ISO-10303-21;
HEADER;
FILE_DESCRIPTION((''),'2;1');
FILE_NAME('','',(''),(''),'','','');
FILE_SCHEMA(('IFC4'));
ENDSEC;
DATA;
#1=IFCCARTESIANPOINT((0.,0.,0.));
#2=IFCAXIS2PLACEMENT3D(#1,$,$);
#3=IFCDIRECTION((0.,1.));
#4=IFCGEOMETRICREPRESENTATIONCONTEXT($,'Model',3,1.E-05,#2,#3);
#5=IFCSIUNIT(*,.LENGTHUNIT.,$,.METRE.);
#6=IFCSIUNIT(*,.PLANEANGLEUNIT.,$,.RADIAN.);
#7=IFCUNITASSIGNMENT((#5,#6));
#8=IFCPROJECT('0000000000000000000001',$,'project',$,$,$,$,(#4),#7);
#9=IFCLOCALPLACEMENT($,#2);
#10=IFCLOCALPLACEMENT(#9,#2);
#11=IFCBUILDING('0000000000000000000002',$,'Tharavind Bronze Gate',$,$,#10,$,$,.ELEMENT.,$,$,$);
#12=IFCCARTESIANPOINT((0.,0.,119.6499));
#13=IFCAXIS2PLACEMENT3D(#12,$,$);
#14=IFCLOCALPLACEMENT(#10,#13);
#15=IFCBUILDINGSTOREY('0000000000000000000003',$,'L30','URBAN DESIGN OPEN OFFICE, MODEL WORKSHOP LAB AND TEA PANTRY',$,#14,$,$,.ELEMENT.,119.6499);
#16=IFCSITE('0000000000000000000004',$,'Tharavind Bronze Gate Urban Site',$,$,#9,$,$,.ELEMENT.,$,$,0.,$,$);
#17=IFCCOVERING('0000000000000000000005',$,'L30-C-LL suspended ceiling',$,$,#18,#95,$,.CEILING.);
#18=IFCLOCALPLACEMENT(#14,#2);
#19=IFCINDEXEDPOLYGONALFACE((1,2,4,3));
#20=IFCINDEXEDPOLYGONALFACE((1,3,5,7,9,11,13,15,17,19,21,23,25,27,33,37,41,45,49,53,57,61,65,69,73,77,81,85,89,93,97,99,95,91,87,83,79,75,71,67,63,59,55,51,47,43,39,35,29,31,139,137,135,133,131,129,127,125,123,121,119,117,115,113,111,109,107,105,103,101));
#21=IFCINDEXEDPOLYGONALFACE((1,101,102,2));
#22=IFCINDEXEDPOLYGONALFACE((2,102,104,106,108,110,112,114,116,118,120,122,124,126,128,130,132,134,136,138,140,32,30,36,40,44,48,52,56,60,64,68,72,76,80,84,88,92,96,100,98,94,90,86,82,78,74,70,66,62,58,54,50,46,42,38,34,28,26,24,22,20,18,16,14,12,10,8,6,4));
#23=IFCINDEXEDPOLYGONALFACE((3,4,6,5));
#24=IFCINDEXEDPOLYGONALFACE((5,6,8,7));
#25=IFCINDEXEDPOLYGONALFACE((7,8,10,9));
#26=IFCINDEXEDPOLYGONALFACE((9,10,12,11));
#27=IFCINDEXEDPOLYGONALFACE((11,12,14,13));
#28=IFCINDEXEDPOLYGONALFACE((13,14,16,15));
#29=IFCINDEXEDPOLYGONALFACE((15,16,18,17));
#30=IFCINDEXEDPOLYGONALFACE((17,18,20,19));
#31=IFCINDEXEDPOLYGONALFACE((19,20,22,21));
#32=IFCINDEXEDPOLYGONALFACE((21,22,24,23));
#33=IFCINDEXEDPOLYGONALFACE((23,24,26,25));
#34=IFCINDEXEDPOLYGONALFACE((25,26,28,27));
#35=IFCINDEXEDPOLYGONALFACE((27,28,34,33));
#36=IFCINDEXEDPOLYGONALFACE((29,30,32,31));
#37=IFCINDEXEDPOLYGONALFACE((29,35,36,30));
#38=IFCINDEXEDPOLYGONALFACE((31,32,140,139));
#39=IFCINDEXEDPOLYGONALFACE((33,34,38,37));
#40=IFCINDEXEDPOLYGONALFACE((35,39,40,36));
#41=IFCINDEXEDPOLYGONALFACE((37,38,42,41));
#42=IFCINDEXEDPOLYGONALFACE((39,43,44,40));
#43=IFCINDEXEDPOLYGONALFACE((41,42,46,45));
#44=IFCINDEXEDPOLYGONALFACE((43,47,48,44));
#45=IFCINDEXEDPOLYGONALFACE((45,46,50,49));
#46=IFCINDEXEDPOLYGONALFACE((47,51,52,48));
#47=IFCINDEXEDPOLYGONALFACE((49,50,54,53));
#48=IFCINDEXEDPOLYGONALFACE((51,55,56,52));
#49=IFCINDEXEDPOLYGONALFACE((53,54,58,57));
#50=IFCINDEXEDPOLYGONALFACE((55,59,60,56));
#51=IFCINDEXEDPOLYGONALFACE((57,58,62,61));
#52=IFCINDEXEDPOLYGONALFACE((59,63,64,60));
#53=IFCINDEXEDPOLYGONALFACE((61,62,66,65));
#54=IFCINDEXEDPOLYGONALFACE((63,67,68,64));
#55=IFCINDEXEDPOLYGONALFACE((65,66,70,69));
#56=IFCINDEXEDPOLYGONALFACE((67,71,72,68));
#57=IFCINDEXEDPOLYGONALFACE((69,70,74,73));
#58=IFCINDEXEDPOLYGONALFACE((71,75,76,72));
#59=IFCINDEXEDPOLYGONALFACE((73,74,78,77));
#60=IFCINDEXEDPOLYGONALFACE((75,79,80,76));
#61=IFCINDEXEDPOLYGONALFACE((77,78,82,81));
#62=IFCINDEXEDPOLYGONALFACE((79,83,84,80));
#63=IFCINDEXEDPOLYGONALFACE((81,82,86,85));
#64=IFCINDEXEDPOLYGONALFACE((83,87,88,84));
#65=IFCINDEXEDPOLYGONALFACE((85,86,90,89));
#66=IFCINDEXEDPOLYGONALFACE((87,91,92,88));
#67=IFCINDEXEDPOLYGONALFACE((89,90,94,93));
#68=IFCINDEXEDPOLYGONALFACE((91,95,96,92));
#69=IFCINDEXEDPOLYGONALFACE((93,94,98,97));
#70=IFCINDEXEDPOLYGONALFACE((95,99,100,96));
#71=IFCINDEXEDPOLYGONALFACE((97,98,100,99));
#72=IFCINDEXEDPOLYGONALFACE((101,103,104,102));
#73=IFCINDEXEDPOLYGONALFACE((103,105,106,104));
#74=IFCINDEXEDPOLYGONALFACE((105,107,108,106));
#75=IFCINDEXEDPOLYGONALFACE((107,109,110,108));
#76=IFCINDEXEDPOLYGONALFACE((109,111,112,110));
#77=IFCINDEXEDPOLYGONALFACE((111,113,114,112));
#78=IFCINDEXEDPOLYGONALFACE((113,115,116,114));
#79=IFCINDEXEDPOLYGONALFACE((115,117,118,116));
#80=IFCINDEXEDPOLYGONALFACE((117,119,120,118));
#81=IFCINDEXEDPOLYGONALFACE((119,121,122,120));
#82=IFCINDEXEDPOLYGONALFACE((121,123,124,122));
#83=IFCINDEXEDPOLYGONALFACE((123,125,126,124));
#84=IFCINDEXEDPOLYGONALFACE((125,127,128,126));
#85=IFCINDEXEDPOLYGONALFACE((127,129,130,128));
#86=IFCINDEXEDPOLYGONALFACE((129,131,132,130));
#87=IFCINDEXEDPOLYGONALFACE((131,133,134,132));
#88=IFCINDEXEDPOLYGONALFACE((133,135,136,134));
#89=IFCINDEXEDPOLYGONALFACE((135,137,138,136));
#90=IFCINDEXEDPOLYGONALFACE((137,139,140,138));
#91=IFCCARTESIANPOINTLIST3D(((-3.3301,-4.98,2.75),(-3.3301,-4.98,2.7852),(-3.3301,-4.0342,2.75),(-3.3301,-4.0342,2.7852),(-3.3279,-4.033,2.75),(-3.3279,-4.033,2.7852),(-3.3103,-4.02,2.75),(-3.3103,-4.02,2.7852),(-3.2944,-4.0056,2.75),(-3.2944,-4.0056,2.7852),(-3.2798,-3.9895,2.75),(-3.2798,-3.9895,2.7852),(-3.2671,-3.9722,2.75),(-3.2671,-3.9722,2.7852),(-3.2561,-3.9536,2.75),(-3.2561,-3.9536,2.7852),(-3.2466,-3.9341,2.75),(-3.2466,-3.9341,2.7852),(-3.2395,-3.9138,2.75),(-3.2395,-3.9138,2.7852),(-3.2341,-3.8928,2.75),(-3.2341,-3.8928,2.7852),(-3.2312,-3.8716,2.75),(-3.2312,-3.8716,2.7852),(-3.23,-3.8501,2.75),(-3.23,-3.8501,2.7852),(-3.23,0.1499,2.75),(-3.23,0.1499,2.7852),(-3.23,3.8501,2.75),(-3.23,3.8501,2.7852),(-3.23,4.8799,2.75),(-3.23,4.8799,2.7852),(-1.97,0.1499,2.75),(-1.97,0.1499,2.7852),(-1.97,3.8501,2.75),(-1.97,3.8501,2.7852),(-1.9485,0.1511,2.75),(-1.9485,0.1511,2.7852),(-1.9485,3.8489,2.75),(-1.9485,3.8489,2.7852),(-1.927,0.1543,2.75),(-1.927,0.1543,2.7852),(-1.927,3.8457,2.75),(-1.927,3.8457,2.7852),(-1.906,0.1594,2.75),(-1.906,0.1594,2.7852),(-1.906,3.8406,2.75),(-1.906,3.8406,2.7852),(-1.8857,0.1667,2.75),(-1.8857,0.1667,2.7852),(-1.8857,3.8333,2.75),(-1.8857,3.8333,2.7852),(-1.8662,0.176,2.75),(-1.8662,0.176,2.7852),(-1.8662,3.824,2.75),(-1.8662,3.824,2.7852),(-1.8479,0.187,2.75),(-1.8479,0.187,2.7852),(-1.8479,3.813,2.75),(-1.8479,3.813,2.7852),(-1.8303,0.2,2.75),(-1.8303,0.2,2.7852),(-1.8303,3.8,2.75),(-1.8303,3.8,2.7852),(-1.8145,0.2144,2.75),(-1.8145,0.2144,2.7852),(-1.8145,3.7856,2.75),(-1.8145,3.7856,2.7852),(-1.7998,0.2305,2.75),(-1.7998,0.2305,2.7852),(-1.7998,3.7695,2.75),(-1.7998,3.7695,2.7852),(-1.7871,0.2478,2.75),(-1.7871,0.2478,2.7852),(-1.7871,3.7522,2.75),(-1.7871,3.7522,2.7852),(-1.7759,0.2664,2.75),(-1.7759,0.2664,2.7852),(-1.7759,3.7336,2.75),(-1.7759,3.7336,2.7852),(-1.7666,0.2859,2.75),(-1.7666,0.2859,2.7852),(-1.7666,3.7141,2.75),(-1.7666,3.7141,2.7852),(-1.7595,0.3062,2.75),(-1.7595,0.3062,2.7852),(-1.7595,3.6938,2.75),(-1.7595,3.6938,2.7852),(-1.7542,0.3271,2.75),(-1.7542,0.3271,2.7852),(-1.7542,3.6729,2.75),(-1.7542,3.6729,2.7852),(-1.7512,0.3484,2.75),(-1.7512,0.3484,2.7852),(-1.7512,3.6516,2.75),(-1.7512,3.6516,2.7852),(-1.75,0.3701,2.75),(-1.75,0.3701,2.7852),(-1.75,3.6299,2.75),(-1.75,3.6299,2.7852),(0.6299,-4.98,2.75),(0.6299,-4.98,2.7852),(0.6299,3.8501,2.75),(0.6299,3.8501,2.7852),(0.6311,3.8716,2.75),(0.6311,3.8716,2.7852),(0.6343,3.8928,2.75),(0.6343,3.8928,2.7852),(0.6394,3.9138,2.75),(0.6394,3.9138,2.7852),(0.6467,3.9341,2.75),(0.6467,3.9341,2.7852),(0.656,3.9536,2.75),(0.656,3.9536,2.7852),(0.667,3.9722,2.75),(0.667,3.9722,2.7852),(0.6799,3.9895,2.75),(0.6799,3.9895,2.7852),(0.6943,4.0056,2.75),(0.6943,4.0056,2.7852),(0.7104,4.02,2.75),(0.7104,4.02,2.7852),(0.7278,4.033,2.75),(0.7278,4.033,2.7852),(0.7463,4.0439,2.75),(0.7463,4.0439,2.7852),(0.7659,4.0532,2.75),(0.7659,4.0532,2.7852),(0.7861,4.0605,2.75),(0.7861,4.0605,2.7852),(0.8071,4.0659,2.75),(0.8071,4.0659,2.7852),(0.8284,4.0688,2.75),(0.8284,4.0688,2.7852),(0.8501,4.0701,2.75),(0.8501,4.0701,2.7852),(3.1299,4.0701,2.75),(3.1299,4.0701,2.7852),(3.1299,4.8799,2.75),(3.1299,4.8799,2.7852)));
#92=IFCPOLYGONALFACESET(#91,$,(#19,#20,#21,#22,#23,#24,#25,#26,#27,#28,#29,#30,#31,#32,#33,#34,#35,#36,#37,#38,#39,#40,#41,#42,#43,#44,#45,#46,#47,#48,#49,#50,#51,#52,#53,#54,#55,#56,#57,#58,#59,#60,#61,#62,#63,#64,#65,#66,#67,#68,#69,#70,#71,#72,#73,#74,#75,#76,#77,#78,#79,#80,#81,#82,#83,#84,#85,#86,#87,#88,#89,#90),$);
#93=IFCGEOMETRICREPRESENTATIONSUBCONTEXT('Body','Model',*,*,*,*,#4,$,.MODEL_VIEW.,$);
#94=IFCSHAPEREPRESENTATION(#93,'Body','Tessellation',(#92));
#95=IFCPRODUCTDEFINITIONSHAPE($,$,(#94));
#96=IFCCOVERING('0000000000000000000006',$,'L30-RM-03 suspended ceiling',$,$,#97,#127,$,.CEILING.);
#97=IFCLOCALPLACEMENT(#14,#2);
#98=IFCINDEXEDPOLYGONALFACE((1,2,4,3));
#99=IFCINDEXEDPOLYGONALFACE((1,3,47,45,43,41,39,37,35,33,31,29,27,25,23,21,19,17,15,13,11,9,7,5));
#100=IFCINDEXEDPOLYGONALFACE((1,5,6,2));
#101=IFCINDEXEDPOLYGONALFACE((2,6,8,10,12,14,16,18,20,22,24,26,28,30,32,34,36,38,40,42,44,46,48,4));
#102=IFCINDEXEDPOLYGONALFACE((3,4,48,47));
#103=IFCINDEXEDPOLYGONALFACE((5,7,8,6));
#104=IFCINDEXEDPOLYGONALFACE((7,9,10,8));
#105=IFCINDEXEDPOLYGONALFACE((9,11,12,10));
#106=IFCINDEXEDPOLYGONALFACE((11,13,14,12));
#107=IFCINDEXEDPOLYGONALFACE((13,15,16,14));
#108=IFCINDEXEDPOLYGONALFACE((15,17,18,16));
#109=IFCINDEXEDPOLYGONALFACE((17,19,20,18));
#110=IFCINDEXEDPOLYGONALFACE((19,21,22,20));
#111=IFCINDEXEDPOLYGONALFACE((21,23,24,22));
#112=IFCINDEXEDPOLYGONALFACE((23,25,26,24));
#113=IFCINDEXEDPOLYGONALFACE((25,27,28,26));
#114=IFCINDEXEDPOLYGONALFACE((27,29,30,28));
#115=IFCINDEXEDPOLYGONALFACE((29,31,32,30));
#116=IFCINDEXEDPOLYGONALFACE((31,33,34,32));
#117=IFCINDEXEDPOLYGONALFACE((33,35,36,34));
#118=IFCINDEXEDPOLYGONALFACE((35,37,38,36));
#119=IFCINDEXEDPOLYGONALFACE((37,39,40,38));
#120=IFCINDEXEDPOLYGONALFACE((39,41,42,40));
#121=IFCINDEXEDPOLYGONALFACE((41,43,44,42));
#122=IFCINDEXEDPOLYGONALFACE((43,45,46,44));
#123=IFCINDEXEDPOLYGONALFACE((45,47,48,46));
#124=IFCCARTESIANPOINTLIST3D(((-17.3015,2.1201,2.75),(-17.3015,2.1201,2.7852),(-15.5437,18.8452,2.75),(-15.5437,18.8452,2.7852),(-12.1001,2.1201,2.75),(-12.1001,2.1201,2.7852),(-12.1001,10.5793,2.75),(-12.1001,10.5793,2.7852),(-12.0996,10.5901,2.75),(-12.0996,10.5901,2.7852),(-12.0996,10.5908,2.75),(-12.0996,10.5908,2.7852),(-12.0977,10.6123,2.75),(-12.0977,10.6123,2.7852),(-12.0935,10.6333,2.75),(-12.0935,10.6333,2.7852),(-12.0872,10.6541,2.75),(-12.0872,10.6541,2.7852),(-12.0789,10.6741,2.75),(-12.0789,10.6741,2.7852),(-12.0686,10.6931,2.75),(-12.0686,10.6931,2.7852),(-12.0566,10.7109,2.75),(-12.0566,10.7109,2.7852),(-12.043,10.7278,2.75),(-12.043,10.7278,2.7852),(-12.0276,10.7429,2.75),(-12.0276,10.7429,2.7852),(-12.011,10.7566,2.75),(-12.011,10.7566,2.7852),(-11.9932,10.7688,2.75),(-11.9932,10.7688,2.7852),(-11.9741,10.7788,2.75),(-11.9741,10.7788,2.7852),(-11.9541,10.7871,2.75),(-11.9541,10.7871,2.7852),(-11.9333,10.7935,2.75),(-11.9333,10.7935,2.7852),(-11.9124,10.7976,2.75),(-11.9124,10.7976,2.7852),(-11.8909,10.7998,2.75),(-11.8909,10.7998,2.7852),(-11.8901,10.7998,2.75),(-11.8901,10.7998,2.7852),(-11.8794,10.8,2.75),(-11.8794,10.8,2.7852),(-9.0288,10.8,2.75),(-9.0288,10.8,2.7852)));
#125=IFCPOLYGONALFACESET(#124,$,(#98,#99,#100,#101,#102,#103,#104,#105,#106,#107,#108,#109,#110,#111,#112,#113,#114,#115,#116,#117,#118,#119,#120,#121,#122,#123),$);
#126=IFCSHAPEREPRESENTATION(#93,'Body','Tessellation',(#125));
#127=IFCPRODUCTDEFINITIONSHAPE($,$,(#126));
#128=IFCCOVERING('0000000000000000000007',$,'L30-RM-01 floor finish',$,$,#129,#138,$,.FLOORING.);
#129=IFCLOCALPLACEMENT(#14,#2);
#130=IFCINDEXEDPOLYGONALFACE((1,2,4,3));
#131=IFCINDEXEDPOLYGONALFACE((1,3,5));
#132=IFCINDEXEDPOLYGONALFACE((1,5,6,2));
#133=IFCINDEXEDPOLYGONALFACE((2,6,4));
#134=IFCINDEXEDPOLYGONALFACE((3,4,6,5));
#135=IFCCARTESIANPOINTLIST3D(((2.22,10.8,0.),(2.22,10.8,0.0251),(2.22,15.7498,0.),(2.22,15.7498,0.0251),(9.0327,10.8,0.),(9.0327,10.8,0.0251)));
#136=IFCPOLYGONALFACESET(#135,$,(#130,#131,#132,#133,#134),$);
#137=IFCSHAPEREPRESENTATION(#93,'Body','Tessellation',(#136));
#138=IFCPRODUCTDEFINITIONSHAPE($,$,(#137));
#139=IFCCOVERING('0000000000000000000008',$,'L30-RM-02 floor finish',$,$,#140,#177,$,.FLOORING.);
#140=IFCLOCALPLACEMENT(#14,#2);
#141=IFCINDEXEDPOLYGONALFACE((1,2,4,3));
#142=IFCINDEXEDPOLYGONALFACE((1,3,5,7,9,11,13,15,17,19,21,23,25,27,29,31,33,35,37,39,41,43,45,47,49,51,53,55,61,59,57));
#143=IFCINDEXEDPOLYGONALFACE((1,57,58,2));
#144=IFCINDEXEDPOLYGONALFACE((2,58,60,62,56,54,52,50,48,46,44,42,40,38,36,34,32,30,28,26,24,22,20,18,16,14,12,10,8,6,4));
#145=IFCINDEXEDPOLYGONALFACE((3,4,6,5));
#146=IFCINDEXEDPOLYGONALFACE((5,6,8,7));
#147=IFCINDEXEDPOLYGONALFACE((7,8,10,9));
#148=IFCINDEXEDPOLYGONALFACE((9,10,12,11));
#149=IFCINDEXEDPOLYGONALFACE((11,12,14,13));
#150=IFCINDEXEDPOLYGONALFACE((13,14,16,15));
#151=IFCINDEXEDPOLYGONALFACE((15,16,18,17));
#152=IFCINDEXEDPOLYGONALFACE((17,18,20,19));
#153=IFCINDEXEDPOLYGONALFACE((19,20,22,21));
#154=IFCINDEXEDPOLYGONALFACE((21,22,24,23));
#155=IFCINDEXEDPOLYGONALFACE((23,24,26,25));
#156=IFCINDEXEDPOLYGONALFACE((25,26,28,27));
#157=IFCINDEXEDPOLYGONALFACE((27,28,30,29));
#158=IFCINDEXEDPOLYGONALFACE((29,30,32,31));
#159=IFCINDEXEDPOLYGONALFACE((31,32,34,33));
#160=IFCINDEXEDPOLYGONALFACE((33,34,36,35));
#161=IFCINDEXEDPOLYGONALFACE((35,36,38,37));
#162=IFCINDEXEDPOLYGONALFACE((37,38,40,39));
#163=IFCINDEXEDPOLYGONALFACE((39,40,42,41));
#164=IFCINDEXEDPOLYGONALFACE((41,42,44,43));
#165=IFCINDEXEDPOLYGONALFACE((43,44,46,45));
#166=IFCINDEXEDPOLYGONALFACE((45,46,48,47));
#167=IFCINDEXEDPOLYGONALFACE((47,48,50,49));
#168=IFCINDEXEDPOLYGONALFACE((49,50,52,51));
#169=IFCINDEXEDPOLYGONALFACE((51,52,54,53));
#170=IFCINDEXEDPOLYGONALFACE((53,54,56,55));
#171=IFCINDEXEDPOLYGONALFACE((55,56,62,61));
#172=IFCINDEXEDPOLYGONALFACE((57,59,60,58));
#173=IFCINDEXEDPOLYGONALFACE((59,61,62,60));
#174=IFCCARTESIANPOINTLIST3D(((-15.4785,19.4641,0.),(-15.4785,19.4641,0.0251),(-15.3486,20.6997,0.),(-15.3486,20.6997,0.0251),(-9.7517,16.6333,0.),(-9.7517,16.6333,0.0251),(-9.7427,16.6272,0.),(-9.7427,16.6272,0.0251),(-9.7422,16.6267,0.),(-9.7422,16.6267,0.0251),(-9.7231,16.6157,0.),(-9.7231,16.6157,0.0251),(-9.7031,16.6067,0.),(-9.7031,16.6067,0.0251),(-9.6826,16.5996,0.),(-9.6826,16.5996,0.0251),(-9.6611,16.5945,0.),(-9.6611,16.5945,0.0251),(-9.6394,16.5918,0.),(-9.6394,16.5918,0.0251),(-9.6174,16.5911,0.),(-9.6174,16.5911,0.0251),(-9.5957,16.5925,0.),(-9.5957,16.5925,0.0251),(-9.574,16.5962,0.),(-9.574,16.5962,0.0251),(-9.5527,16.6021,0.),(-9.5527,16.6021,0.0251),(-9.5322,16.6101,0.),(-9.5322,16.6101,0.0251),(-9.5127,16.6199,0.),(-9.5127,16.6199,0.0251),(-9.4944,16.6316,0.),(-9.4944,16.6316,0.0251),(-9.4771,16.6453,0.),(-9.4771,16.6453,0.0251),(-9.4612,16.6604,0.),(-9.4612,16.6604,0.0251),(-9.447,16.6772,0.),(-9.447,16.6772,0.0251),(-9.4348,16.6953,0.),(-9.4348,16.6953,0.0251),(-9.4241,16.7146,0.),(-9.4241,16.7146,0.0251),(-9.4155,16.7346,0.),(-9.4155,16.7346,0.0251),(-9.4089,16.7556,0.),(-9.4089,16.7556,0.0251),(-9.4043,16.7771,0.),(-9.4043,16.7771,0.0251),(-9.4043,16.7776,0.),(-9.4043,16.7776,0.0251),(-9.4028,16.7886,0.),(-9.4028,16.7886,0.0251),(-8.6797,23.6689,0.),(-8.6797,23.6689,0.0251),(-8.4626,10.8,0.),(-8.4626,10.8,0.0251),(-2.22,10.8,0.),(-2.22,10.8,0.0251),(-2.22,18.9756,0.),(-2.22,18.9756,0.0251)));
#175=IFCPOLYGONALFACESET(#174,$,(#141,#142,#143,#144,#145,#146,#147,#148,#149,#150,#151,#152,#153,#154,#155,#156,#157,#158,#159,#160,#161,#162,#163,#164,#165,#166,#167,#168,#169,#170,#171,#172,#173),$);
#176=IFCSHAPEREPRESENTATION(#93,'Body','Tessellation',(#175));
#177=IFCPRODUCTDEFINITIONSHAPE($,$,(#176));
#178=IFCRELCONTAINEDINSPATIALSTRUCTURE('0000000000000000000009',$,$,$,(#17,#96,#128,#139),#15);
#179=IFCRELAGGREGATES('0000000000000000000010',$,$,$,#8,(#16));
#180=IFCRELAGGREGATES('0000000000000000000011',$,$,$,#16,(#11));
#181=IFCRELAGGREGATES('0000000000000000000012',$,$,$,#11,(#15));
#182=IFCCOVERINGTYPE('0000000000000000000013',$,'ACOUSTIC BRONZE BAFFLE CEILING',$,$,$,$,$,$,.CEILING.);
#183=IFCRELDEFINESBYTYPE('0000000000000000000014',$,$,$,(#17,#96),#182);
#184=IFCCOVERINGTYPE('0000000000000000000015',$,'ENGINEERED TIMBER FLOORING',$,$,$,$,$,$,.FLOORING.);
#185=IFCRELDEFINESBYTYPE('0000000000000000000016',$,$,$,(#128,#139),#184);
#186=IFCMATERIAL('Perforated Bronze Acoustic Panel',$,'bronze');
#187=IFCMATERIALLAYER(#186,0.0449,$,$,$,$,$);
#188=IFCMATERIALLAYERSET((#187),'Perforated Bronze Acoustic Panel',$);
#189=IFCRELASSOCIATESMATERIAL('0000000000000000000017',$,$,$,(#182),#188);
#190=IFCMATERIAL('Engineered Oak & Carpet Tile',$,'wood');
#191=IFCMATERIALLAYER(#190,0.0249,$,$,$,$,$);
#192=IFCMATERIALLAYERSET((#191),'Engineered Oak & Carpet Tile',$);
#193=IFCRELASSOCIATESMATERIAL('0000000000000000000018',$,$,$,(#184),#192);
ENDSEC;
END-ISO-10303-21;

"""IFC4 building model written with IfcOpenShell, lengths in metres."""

from ifc_helpers import new_model, si_unit, direction, frame, origin, place, context, subcontext, project, spatial, polyline, outline, extrude, material, layer, layer_set, type_object, element, save


model = new_model("IFC4")

# Units and contexts
model_context = context("Model", 3, precision=1e-05, world=origin(), true_north=direction((0.0, 1.0)))
body_context = subcontext(model_context, "Body", "Model", "MODEL_VIEW")
ifc_project = project(units=[si_unit("LENGTHUNIT", "METRE"), si_unit("PLANEANGLEUNIT", "RADIAN")], contexts=[model_context])

# Site, building, storey
site_placement = place(None, origin())
site = spatial("IfcSite", under=ifc_project, at=site_placement, Name="Tharavind Bronze Gate Urban Site", CompositionType="ELEMENT", RefElevation=0.0)
building_placement = place(site_placement, origin())
building = spatial("IfcBuilding", under=site, at=building_placement, Name="Tharavind Bronze Gate", CompositionType="ELEMENT")
storey_placement = place(building_placement, frame((0.0, 0.0, 119.6499)))
storey = spatial("IfcBuildingStorey", under=building, at=storey_placement, Name="L30", Description="URBAN DESIGN OPEN OFFICE, MODEL WORKSHOP LAB AND TEA PANTRY", CompositionType="ELEMENT", Elevation=119.6499)

# Coverings
ifc_material_1 = material(Name="Perforated Bronze Acoustic Panel", Category="bronze")
ifc_layer_1 = layer(ifc_material_1, 0.0449)
ifc_layer_set_1 = layer_set([ifc_layer_1], Name="Perforated Bronze Acoustic Panel")
covering_type_1 = type_object("IfcCoveringType", Name="ACOUSTIC BRONZE BAFFLE CEILING", PredefinedType="CEILING", material=ifc_layer_set_1)
covering_1_placement = place(storey_placement, frame((0.0, 0.0, 2.75)))
element("IfcCovering", 1, at=covering_1_placement, inside=storey, type_object=covering_type_1, Name="L30-C-LL suspended ceiling", PredefinedType="CEILING", context=body_context, shape_type="SweptSolid", body=[
    extrude(outline(polyline([(-3.3301, -4.98), (0.6299, -4.98), (0.6299, 3.8501), (0.6311, 3.8716), (0.6343, 3.8928), (0.6394, 3.9138), (0.6467, 3.9341), (0.656, 3.9536), (0.667, 3.9722), (0.6799, 3.9895), (0.6943, 4.0056), (0.7104, 4.02), (0.7278, 4.033), (0.7463, 4.0439), (0.7659, 4.0532), (0.7861, 4.0605), (0.8071, 4.0659), (0.8284, 4.0688), (0.8501, 4.0701), (3.1299, 4.0701), (3.1299, 4.8799), (-3.23, 4.8799), (-3.23, 3.8501), (-1.97, 3.8501), (-1.9485, 3.8489), (-1.927, 3.8457), (-1.906, 3.8406), (-1.8857, 3.8333), (-1.8662, 3.824), (-1.8479, 3.813), (-1.8303, 3.8), (-1.8145, 3.7856), (-1.7998, 3.7695), (-1.7871, 3.7522), (-1.7759, 3.7336), (-1.7666, 3.7141), (-1.7595, 3.6938), (-1.7542, 3.6729), (-1.7512, 3.6516), (-1.75, 3.6299), (-1.75, 0.3701), (-1.7512, 0.3484), (-1.7542, 0.3271), (-1.7595, 0.3062), (-1.7666, 0.2859), (-1.7759, 0.2664), (-1.7871, 0.2478), (-1.7998, 0.2305), (-1.8145, 0.2144), (-1.8303, 0.2), (-1.8479, 0.187), (-1.8662, 0.176), (-1.8857, 0.1667), (-1.906, 0.1594), (-1.927, 0.1543), (-1.9485, 0.1511), (-1.97, 0.1499), (-3.23, 0.1499), (-3.23, -3.8501), (-3.2312, -3.8716), (-3.2341, -3.8928), (-3.2395, -3.9138), (-3.2466, -3.9341), (-3.2561, -3.9536), (-3.2671, -3.9722), (-3.2798, -3.9895), (-3.2944, -4.0056), (-3.3103, -4.02), (-3.3279, -4.033), (-3.3301, -4.0342), (-3.3301, -4.98)])), origin(), (0.0, 0.0, 1.0), 0.0352),
])
covering_2_placement = place(storey_placement, frame((0.0, 0.0, 2.75)))
element("IfcCovering", 2, at=covering_2_placement, inside=storey, type_object=covering_type_1, Name="L30-RM-03 suspended ceiling", PredefinedType="CEILING", context=body_context, shape_type="SweptSolid", body=[
    extrude(outline(polyline([(-12.1001, 2.1201), (-12.1001, 10.5793), (-12.0996, 10.5901), (-12.0996, 10.5908), (-12.0977, 10.6123), (-12.0935, 10.6333), (-12.0872, 10.6541), (-12.0789, 10.6741), (-12.0686, 10.6931), (-12.0566, 10.7109), (-12.043, 10.7278), (-12.0276, 10.7429), (-12.011, 10.7566), (-11.9932, 10.7688), (-11.9741, 10.7788), (-11.9541, 10.7871), (-11.9333, 10.7935), (-11.9124, 10.7976), (-11.8909, 10.7998), (-11.8901, 10.7998), (-11.8794, 10.8), (-9.0288, 10.8), (-15.5437, 18.8452), (-17.3015, 2.1201), (-12.1001, 2.1201)])), origin(), (0.0, 0.0, 1.0), 0.0352),
])
ifc_material_2 = material(Name="Engineered Oak & Carpet Tile", Category="wood")
ifc_layer_2 = layer(ifc_material_2, 0.0249)
ifc_layer_set_2 = layer_set([ifc_layer_2], Name="Engineered Oak & Carpet Tile")
covering_type_2 = type_object("IfcCoveringType", Name="ENGINEERED TIMBER FLOORING", PredefinedType="FLOORING", material=ifc_layer_set_2)
covering_3_placement = place(storey_placement, origin())
element("IfcCovering", 3, at=covering_3_placement, inside=storey, type_object=covering_type_2, Name="L30-RM-01 floor finish", PredefinedType="FLOORING", context=body_context, shape_type="SweptSolid", body=[
    extrude(outline(polyline([(2.22, 10.8), (9.0327, 10.8), (2.22, 15.7498), (2.22, 10.8)])), origin(), (0.0, 0.0, 1.0), 0.0251),
])
covering_4_placement = place(storey_placement, origin())
element("IfcCovering", 4, at=covering_4_placement, inside=storey, type_object=covering_type_2, Name="L30-RM-02 floor finish", PredefinedType="FLOORING", context=body_context, shape_type="SweptSolid", body=[
    extrude(outline(polyline([(-15.4785, 19.4641), (-8.4626, 10.8), (-2.22, 10.8), (-2.22, 18.9756), (-8.6797, 23.6689), (-9.4028, 16.7886), (-9.4043, 16.7776), (-9.4043, 16.7771), (-9.4089, 16.7556), (-9.4155, 16.7346), (-9.4241, 16.7146), (-9.4348, 16.6953), (-9.447, 16.6772), (-9.4612, 16.6604), (-9.4771, 16.6453), (-9.4944, 16.6316), (-9.5127, 16.6199), (-9.5322, 16.6101), (-9.5527, 16.6021), (-9.574, 16.5962), (-9.5957, 16.5925), (-9.6174, 16.5911), (-9.6394, 16.5918), (-9.6611, 16.5945), (-9.6826, 16.5996), (-9.7031, 16.6067), (-9.7231, 16.6157), (-9.7422, 16.6267), (-9.7427, 16.6272), (-9.7517, 16.6333), (-15.3486, 20.6997), (-15.4785, 19.4641)])), origin(), (0.0, 0.0, 1.0), 0.0251),
])

save(model, "model.ifc")
